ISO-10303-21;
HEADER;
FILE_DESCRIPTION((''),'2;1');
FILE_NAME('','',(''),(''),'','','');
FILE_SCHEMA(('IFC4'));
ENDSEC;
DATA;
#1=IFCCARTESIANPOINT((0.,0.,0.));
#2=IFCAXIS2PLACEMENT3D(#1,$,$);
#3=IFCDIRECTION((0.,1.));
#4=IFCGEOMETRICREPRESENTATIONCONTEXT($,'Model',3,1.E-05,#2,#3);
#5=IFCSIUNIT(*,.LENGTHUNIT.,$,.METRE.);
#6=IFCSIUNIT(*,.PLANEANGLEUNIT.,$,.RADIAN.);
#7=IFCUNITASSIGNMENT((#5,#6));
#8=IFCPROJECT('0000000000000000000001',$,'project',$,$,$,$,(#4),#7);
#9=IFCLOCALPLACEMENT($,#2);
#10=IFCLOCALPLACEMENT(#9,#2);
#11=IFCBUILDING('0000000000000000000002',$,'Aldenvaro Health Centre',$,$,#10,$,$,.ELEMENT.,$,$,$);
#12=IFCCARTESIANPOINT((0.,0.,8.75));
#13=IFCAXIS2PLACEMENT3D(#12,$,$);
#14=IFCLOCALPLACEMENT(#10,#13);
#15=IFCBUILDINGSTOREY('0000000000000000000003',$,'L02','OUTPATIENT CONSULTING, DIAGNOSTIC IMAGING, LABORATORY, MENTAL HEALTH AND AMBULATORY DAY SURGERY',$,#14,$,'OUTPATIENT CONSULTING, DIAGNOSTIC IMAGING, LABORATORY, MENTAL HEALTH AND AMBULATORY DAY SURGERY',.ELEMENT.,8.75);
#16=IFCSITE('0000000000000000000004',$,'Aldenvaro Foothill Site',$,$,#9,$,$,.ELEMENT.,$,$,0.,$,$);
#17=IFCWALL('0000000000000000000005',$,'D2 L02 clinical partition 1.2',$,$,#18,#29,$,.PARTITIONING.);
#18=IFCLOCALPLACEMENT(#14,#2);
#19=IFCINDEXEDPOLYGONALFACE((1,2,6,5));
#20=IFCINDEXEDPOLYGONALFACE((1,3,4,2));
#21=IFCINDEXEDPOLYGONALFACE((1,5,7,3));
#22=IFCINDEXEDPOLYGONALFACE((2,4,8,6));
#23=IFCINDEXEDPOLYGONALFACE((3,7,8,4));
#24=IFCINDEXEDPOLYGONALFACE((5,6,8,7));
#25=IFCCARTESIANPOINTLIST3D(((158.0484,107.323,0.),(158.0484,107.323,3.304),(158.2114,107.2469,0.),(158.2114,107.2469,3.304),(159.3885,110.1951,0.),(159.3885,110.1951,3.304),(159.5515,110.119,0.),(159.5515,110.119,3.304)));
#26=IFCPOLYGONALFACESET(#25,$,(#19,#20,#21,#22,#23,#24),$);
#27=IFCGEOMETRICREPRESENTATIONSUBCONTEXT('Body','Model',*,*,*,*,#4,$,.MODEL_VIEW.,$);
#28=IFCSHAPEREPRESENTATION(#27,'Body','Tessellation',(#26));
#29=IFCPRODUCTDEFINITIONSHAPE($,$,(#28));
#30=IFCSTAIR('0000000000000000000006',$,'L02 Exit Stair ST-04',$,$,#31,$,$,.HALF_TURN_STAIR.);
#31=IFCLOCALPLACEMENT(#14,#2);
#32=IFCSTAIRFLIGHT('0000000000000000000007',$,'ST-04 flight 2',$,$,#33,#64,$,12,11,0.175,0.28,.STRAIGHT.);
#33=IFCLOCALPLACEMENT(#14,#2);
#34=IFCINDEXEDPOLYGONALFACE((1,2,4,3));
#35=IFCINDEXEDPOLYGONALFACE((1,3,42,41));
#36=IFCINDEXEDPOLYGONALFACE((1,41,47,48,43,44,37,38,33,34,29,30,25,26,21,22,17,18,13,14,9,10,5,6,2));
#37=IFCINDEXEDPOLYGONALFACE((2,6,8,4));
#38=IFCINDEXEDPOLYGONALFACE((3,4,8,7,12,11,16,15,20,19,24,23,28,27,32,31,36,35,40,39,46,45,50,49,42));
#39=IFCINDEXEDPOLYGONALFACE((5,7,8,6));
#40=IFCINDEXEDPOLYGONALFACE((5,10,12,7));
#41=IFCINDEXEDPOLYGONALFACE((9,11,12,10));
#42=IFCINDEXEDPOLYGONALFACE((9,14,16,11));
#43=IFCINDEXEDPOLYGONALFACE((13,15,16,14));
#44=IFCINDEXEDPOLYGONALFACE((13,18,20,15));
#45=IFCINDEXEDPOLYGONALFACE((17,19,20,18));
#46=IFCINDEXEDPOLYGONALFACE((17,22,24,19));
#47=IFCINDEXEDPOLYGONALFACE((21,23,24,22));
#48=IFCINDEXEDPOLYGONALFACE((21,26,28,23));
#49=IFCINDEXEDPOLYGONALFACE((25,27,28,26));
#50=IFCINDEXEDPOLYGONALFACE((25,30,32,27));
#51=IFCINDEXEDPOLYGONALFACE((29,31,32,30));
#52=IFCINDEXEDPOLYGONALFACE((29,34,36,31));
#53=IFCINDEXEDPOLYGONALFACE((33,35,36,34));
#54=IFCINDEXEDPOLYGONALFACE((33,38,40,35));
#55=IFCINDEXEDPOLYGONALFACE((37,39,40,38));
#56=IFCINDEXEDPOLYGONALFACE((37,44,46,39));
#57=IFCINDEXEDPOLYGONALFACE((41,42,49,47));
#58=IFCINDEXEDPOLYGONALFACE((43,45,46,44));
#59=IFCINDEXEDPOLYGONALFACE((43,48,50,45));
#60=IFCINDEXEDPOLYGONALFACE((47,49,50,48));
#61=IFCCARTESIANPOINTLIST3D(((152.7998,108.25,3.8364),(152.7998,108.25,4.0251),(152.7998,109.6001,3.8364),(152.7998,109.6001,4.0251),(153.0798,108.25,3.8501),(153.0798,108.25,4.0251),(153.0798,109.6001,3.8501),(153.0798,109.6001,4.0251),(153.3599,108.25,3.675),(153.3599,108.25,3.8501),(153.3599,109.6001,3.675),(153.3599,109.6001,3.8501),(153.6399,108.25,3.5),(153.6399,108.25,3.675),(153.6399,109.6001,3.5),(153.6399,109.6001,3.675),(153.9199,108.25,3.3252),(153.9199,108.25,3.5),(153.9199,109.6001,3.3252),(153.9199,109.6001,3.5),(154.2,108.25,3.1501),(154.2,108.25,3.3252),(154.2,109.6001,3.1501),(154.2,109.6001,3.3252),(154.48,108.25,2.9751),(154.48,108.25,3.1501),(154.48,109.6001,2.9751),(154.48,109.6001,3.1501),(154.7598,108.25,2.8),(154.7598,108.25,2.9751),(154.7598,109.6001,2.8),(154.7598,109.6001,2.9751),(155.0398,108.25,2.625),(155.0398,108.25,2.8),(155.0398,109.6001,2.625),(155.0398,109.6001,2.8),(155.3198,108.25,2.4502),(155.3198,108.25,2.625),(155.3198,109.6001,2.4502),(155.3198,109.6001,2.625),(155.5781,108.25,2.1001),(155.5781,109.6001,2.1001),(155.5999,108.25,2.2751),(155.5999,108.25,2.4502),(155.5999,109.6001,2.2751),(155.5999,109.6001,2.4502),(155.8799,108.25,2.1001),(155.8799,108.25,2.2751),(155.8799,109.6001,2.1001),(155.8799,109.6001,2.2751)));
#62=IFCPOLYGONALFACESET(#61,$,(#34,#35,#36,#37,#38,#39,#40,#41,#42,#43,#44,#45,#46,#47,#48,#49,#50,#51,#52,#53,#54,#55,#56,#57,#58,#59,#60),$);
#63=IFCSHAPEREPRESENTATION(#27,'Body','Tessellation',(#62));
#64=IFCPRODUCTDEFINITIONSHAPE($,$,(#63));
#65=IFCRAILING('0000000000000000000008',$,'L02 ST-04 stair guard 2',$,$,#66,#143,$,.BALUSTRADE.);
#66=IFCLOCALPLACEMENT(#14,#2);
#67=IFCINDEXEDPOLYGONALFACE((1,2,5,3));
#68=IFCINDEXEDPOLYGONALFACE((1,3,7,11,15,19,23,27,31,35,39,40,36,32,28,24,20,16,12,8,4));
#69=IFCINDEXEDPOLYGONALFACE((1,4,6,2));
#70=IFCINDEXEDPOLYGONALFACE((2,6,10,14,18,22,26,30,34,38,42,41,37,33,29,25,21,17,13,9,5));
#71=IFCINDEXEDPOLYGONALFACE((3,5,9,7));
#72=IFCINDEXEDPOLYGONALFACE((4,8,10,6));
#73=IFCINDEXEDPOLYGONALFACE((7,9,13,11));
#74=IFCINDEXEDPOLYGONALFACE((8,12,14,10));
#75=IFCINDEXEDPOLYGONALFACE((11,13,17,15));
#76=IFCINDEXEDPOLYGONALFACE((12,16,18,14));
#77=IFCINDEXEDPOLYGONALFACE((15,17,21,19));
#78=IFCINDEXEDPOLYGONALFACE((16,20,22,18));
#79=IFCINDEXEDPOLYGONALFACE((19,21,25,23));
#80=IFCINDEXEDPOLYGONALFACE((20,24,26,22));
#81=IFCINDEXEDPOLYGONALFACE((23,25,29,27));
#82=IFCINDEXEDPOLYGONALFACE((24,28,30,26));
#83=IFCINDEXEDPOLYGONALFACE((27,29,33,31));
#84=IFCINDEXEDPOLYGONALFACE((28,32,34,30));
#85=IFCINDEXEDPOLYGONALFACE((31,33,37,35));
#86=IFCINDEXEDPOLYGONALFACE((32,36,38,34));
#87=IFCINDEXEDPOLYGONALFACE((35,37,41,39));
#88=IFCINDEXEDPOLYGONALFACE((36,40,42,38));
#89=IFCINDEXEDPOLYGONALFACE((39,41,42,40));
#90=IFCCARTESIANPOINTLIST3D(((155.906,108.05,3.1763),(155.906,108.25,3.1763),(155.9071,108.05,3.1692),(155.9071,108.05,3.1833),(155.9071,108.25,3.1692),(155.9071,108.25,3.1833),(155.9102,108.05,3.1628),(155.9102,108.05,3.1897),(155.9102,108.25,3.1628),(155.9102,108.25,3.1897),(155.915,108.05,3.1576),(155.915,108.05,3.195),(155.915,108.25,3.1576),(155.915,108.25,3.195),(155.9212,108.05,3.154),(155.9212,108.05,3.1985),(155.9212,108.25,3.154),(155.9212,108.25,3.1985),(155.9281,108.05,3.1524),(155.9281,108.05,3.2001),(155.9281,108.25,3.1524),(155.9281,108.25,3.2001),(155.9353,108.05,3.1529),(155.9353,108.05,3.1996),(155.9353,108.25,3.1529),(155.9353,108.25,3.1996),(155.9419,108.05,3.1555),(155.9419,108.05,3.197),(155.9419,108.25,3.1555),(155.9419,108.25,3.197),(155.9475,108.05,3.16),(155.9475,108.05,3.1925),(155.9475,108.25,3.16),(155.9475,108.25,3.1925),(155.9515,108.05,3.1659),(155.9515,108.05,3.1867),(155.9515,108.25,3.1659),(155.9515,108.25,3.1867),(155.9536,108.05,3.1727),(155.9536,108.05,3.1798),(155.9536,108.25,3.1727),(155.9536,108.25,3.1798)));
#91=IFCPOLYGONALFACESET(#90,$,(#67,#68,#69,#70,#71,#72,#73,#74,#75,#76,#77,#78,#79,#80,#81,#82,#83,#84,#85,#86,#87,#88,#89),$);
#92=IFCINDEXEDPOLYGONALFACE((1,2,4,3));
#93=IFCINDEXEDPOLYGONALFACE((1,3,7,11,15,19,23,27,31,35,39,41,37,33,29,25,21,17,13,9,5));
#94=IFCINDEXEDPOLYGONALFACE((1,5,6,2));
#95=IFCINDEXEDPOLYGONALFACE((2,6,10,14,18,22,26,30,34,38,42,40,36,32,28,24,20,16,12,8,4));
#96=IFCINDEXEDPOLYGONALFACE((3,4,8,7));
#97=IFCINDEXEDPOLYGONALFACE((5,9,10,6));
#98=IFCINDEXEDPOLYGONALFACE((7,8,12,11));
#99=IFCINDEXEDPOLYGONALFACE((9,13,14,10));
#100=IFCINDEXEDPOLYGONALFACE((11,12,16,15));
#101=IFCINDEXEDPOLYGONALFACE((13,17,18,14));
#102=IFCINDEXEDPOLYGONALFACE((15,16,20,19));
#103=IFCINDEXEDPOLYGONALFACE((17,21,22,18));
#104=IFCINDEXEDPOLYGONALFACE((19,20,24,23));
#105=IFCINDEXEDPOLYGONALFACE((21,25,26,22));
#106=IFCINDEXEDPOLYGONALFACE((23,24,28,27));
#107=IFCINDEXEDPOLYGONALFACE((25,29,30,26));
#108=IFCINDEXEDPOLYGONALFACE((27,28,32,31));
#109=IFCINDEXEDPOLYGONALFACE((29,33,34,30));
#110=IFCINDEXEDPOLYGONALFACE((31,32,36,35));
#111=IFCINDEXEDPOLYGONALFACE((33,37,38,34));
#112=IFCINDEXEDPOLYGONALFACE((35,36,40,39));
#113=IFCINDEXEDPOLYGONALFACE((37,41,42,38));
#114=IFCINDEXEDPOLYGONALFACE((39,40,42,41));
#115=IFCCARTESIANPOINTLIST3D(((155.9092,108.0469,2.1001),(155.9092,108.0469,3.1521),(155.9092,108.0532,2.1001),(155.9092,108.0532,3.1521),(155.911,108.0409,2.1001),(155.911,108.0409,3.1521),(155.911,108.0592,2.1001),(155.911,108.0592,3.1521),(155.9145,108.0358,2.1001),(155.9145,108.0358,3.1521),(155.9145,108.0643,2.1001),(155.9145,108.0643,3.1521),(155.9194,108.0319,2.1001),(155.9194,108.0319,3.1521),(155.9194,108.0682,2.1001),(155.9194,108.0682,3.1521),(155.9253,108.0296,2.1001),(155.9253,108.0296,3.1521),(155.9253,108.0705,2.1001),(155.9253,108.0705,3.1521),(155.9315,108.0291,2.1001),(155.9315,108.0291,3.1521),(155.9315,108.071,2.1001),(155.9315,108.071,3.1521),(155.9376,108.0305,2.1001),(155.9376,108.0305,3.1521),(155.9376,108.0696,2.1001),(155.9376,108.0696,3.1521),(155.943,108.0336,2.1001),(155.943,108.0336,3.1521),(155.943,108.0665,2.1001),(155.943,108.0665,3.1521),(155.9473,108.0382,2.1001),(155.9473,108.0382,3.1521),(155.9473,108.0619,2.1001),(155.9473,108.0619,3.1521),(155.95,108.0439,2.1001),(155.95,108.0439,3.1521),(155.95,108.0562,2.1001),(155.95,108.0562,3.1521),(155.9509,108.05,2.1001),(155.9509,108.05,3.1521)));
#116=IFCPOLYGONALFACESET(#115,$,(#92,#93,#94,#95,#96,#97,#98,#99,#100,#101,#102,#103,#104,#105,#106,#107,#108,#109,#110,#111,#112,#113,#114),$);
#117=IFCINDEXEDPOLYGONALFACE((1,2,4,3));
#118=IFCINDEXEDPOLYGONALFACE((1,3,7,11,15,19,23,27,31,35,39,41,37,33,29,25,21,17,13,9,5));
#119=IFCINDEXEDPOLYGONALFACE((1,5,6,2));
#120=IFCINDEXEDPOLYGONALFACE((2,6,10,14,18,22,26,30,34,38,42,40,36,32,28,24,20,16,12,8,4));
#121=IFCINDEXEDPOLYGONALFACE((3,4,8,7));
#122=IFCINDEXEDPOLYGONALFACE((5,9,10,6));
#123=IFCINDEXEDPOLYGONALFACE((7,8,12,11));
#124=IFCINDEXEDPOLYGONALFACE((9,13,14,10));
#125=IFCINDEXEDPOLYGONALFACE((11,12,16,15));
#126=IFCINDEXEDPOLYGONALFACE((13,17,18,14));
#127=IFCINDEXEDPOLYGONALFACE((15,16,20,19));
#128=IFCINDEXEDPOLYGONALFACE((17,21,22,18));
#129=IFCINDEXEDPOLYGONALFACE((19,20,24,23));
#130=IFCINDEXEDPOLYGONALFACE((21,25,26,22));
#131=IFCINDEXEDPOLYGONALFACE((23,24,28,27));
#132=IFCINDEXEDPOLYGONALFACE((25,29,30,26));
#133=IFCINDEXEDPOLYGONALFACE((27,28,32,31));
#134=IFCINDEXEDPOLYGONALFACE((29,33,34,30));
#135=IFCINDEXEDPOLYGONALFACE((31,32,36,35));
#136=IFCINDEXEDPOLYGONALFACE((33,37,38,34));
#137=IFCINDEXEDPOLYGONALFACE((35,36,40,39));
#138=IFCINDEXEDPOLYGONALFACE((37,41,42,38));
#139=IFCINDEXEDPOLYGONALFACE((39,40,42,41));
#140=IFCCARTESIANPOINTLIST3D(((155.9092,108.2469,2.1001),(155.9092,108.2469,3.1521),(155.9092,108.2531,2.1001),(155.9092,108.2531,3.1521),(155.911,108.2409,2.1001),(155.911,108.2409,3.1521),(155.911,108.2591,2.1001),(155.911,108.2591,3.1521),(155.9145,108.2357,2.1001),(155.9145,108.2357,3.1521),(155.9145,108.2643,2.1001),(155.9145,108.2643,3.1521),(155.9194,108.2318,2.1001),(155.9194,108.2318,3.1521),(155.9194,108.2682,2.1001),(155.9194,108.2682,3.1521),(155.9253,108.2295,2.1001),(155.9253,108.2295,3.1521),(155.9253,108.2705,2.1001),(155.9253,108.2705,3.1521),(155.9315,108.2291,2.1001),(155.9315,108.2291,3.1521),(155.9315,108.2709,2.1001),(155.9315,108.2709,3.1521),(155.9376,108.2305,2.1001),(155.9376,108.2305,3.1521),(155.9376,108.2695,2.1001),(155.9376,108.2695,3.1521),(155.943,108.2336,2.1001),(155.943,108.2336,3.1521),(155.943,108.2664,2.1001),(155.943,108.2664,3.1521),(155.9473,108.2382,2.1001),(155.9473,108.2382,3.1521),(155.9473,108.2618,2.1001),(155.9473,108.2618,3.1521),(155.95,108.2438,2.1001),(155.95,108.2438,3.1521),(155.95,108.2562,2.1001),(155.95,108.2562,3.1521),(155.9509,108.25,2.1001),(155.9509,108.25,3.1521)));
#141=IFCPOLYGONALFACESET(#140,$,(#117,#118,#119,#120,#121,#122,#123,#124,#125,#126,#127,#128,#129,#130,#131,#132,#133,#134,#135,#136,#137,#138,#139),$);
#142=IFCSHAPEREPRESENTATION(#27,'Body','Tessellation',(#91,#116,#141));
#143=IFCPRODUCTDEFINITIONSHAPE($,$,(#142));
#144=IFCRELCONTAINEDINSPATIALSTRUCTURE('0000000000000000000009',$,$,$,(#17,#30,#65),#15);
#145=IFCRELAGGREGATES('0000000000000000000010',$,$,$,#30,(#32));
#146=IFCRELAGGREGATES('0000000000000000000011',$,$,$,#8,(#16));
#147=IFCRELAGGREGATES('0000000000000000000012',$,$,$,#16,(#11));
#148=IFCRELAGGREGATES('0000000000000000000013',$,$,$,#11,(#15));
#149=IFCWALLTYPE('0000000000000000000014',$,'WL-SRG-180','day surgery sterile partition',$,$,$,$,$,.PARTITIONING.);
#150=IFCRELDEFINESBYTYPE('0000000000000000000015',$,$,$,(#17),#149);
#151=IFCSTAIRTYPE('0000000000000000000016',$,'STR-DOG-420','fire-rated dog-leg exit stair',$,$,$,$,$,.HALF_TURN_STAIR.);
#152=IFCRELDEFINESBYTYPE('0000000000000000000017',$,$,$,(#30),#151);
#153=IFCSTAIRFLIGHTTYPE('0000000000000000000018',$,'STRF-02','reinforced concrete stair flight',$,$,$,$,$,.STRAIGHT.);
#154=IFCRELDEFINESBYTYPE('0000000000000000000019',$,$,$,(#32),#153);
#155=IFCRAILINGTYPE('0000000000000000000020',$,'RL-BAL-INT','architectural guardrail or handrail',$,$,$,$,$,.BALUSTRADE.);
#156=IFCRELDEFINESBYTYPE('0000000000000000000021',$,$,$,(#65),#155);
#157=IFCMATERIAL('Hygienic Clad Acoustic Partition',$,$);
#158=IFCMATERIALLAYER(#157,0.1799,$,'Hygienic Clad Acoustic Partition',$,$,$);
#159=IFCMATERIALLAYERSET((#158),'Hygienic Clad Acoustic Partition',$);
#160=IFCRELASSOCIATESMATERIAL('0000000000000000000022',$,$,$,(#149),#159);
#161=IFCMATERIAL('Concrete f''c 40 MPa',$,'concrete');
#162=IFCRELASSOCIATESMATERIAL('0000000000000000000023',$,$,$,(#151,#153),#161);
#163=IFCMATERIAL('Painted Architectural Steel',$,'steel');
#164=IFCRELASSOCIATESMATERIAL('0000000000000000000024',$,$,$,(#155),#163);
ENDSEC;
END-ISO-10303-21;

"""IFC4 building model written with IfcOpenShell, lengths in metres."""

from ifc_helpers import new_model, si_unit, direction, frame, frame_2d, origin, origin_2d, place, context, subcontext, project, spatial, polyline, rectangle, circle, outline, extrude, material, layer, layer_set, type_object, element, aggregate, save


model = new_model("IFC4")

# Units and contexts
model_context = context("Model", 3, precision=1e-05, world=origin(), true_north=direction((0.0, 1.0)))
body_context = subcontext(model_context, "Body", "Model", "MODEL_VIEW")
ifc_project = project(units=[si_unit("LENGTHUNIT", "METRE"), si_unit("PLANEANGLEUNIT", "RADIAN")], contexts=[model_context])

# Site, building, storey
site_placement = place(None, origin())
site = spatial("IfcSite", under=ifc_project, at=site_placement, Name="Aldenvaro Foothill Site", CompositionType="ELEMENT", RefElevation=0.0)
building_placement = place(site_placement, origin())
building = spatial("IfcBuilding", under=site, at=building_placement, Name="Aldenvaro Health Centre", CompositionType="ELEMENT")
storey_placement = place(building_placement, frame((0.0, 0.0, 8.75)))
storey = spatial("IfcBuildingStorey", under=building, at=storey_placement, Name="L02", Description="OUTPATIENT CONSULTING, DIAGNOSTIC IMAGING, LABORATORY, MENTAL HEALTH AND AMBULATORY DAY SURGERY", LongName="OUTPATIENT CONSULTING, DIAGNOSTIC IMAGING, LABORATORY, MENTAL HEALTH AND AMBULATORY DAY SURGERY", CompositionType="ELEMENT", Elevation=8.75)

# Wall
ifc_material_1 = material(Name="Concrete f'c 40 MPa", Category="concrete")
ifc_material_2 = material(Name="Hygienic Clad Acoustic Partition")
ifc_layer_1 = layer(ifc_material_2, 0.1799, Name="Hygienic Clad Acoustic Partition")
ifc_layer_set_1 = layer_set([ifc_layer_1], Name="Hygienic Clad Acoustic Partition")
wall_type_1 = type_object("IfcWallType", Name="WL-SRG-180", Description="day surgery sterile partition", PredefinedType="PARTITIONING", material=ifc_layer_set_1)
wall_1_placement = place(storey_placement, frame((158.1299, 107.2849, 0.0), z_axis=(0.0, 0.0, 1.0), x_axis=(0.422831, 0.906209, 0.0)))
element("IfcWall", 1, at=wall_1_placement, inside=storey, type_object=wall_type_1, Name="D2 L02 clinical partition 1.2", PredefinedType="PARTITIONING", context=body_context, shape_type="SweptSolid", body=[
    extrude(rectangle(XDim=3.1694, YDim=0.1799, at=frame_2d((1.5847, 0.0))), origin(), (0.0, 0.0, 1.0), 3.304),
])

# Stair, stair flight
stair_type = type_object("IfcStairType", Name="STR-DOG-420", Description="fire-rated dog-leg exit stair", PredefinedType="HALF_TURN_STAIR", material=ifc_material_1)
stair_placement = place(storey_placement, origin())
stair = element("IfcStair", 2, at=stair_placement, inside=storey, type_object=stair_type, Name="L02 Exit Stair ST-04", PredefinedType="HALF_TURN_STAIR")
stair_flight_type = type_object("IfcStairFlightType", Name="STRF-02", Description="reinforced concrete stair flight", PredefinedType="STRAIGHT", material=ifc_material_1)
stair_flight_placement = place(storey_placement, frame((155.8799, 108.925, 2.1001), z_axis=(0.0, 0.0, 1.0), x_axis=(-1.0, 0.0, 0.0)))
stair_flight = element("IfcStairFlight", 3, at=stair_flight_placement, type_object=stair_flight_type, Name="ST-04 flight 2", NumberOfRisers=12, NumberOfTreads=11, PredefinedType="STRAIGHT", RiserHeight=0.175, TreadLength=0.28, context=body_context, shape_type="SweptSolid", body=[
    extrude(outline(polyline([(0.0, 0.0), (0.0, 0.175), (0.28, 0.175), (0.28, 0.3501), (0.5601, 0.3501), (0.5601, 0.5249), (0.8401, 0.5249), (0.8401, 0.7), (1.1201, 0.7), (1.1201, 0.875), (1.3999, 0.875), (1.3999, 1.05), (1.6799, 1.05), (1.6799, 1.2251), (1.96, 1.2251), (1.96, 1.3999), (2.24, 1.3999), (2.24, 1.575), (2.52, 1.575), (2.52, 1.75), (2.8, 1.75), (2.8, 1.925), (3.0801, 1.925), (3.0801, 2.1001), (3.0801, 1.7363), (0.3018, 0.0), (0.0, 0.0)])), frame((0.0, 0.675, 0.0), z_axis=(0.0, -1.0, 0.0), x_axis=(1.0, 0.0, 0.0)), (0.0, 0.0, 1.0), 1.3501),
])
aggregate(stair, [stair_flight])

# Railing
ifc_material_3 = material(Name="Painted Architectural Steel", Category="steel")
railing_type_1 = type_object("IfcRailingType", Name="RL-BAL-INT", Description="architectural guardrail or handrail", PredefinedType="BALUSTRADE", material=ifc_material_3)
railing_1_placement = place(storey_placement, frame((155.9299, 108.05, 2.1001)))
element("IfcRailing", 4, at=railing_1_placement, inside=storey, type_object=railing_type_1, Name="L02 ST-04 stair guard 2", PredefinedType="BALUSTRADE", context=body_context, shape_type="SweptSolid", body=[
    extrude(circle(Radius=0.0239, at=origin_2d()), frame((0.0, 0.0, 1.0762), z_axis=(0.0, 1.0, 0.0), x_axis=(-1.0, 0.0, 0.0)), (0.0, 0.0, 1.0), 0.2),
    extrude(circle(Radius=0.021, at=origin_2d()), origin(), (0.0, 0.0, 1.0), 1.052),
    extrude(circle(Radius=0.021, at=origin_2d()), frame((0.0, 0.2, 0.0)), (0.0, 0.0, 1.0), 1.052),
])

save(model, "model.ifc")
